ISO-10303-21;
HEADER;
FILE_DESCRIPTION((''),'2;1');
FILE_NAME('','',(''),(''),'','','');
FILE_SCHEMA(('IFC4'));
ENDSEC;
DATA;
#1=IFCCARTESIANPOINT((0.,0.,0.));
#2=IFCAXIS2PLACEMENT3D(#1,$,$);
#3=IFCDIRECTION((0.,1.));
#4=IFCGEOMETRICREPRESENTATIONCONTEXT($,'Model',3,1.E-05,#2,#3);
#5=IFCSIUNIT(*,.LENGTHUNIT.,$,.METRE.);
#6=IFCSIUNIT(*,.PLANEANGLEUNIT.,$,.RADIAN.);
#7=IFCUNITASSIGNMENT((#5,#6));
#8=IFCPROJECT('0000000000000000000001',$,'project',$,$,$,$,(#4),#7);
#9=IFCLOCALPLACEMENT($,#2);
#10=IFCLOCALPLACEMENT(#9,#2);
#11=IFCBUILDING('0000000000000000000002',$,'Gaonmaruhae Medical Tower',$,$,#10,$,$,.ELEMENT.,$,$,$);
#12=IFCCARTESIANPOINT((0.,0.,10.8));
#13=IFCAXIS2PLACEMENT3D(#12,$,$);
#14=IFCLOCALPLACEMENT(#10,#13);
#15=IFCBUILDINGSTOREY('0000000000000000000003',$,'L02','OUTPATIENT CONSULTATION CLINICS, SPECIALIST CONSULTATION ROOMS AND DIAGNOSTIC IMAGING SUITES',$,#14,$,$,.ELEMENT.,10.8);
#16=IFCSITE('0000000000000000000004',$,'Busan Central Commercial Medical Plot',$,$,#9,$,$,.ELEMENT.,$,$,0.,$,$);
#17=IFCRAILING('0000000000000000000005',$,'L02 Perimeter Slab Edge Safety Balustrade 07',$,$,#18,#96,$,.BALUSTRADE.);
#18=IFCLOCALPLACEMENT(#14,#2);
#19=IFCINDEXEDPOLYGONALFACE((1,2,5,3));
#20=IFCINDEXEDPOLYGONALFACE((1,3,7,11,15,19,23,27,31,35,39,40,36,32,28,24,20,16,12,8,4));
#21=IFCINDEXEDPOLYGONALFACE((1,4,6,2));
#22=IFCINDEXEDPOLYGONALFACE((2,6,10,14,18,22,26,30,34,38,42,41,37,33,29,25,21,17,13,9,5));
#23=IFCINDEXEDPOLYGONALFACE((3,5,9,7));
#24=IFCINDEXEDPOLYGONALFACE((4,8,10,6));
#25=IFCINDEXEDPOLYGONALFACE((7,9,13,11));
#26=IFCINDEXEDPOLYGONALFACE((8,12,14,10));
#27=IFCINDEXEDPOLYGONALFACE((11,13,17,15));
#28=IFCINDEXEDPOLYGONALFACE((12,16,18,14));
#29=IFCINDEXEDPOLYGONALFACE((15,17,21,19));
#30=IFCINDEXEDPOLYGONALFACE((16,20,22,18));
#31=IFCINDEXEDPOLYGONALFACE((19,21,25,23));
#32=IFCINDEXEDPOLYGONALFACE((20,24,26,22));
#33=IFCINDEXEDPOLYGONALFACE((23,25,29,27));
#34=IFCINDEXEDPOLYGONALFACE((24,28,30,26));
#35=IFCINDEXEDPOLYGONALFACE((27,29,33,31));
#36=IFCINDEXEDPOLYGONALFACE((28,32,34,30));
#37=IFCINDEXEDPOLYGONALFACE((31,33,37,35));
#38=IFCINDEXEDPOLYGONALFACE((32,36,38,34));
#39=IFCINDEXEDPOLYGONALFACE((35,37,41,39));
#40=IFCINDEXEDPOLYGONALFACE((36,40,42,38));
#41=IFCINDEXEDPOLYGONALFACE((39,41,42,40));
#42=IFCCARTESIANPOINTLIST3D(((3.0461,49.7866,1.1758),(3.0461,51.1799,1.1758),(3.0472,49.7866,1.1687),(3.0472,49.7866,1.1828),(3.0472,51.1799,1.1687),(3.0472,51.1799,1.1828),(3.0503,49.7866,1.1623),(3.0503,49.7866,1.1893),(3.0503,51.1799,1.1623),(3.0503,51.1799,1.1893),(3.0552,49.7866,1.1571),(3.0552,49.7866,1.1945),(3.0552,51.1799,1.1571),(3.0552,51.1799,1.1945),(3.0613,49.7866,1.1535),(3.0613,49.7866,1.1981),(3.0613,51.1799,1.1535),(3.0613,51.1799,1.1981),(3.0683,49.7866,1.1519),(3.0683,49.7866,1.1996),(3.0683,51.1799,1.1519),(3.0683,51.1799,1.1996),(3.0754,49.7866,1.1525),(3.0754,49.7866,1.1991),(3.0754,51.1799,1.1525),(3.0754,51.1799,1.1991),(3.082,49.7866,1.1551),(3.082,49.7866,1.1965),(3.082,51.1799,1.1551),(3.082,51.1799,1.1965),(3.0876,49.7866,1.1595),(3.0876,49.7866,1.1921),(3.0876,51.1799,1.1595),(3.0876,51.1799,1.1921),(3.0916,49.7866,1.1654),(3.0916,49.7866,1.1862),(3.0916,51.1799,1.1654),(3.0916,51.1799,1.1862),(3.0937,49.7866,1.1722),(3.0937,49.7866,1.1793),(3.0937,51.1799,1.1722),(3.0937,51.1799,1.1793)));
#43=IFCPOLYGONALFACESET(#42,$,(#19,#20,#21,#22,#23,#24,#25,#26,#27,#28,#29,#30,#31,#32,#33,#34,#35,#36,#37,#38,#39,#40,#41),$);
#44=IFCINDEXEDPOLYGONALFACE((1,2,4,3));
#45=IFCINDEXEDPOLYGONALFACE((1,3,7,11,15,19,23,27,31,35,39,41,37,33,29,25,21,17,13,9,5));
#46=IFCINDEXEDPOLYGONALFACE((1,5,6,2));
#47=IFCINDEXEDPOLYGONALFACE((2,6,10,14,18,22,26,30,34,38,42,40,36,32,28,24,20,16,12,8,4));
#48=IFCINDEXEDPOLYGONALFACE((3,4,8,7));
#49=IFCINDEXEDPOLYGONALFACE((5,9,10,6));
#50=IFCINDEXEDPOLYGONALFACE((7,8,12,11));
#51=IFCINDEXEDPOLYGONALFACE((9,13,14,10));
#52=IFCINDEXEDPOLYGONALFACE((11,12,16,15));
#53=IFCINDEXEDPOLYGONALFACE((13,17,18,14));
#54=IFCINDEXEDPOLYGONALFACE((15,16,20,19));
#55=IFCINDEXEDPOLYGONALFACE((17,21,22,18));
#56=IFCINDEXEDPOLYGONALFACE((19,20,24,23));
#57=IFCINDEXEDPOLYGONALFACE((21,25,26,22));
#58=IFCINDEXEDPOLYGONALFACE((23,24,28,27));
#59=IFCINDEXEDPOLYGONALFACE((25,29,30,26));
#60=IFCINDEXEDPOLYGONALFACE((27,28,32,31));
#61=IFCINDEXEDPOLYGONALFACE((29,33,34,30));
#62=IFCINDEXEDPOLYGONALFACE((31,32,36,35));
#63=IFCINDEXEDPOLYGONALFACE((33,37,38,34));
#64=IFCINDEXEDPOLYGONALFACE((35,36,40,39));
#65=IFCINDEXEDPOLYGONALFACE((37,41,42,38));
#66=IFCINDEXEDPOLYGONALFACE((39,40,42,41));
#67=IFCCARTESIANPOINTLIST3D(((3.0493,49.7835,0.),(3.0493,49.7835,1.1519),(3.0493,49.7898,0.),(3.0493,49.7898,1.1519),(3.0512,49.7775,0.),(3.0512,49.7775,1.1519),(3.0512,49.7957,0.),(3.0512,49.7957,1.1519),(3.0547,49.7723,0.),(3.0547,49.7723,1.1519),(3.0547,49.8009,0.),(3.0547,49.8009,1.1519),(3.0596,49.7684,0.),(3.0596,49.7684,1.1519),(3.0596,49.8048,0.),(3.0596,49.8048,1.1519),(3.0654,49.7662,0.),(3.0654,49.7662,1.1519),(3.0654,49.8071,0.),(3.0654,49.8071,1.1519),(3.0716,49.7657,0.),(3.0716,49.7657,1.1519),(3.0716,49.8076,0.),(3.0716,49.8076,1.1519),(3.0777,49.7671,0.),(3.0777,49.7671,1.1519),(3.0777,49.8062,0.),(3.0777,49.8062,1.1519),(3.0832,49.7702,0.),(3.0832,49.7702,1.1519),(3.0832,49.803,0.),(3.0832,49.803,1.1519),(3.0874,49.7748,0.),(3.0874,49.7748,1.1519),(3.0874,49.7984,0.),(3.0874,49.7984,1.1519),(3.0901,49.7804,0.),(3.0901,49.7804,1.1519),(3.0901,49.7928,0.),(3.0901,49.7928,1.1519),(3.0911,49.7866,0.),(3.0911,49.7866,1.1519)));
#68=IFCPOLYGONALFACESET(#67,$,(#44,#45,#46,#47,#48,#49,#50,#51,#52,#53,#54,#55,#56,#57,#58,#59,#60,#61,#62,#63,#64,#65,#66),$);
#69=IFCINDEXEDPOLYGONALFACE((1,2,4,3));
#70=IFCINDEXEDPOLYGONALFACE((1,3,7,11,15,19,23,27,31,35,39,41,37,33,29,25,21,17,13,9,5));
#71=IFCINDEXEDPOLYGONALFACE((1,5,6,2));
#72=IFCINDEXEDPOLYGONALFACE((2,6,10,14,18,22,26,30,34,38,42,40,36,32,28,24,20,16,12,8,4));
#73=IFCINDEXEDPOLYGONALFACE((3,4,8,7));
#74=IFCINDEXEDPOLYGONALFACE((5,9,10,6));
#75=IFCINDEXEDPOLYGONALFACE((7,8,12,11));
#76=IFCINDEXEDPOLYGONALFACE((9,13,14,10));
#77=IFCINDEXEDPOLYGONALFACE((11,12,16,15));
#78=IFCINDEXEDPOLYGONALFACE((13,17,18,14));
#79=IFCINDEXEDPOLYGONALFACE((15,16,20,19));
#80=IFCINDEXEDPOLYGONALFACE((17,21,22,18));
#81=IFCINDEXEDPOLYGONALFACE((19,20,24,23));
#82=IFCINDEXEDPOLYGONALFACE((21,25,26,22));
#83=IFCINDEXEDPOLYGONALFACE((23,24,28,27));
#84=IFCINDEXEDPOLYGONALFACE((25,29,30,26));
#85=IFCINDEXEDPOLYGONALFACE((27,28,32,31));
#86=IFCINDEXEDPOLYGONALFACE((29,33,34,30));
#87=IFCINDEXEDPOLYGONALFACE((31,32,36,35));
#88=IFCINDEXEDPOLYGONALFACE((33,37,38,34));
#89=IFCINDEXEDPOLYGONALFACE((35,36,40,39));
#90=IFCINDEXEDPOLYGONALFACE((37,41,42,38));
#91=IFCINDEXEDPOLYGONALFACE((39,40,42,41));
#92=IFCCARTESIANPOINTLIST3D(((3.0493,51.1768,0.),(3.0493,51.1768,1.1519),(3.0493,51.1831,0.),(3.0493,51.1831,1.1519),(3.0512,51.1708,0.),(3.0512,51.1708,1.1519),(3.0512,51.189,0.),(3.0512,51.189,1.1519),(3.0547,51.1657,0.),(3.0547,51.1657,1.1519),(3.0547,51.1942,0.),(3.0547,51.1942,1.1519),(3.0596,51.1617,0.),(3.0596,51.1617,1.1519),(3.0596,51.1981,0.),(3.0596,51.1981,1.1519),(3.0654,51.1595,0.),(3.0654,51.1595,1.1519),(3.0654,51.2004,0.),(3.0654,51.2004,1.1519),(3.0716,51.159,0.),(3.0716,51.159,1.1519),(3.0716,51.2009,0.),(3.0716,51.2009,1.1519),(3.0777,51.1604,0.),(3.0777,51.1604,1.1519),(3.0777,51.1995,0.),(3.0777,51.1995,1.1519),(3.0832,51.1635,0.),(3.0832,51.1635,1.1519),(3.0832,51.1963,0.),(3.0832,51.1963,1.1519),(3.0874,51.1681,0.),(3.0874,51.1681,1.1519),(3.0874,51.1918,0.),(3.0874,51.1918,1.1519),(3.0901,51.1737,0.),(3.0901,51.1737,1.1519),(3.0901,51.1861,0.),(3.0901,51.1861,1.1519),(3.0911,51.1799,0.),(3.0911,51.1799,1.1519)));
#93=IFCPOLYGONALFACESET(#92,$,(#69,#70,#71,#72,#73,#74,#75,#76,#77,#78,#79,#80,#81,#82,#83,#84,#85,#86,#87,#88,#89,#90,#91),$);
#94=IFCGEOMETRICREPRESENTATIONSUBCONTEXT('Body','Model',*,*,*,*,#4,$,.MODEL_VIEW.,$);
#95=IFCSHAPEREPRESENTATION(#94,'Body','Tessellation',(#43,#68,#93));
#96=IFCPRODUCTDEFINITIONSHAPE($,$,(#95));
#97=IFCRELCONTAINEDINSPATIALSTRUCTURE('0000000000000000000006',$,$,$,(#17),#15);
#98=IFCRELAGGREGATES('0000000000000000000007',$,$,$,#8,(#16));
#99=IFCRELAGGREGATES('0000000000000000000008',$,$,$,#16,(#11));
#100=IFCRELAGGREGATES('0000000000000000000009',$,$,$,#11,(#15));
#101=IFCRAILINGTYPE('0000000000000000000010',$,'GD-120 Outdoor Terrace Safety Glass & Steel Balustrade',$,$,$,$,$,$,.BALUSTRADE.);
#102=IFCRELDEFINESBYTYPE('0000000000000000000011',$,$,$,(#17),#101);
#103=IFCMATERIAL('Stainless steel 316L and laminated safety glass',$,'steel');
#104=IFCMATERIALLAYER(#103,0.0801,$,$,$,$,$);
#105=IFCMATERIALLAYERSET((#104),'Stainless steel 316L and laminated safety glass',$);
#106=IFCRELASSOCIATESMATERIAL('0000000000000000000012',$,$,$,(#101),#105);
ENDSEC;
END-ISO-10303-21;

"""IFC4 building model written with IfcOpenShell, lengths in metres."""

from ifc_helpers import new_model, si_unit, direction, frame, origin, origin_2d, place, context, subcontext, project, spatial, circle, extrude, material, layer, layer_set, type_object, element, save


model = new_model("IFC4")

# Units and contexts
model_context = context("Model", 3, precision=1e-05, world=origin(), true_north=direction((0.0, 1.0)))
body_context = subcontext(model_context, "Body", "Model", "MODEL_VIEW")
ifc_project = project(units=[si_unit("LENGTHUNIT", "METRE"), si_unit("PLANEANGLEUNIT", "RADIAN")], contexts=[model_context])

# Site, building, storey
site_placement = place(None, origin())
site = spatial("IfcSite", under=ifc_project, at=site_placement, Name="Busan Central Commercial Medical Plot", CompositionType="ELEMENT", RefElevation=0.0)
building_placement = place(site_placement, origin())
building = spatial("IfcBuilding", under=site, at=building_placement, Name="Gaonmaruhae Medical Tower", CompositionType="ELEMENT")
storey_placement = place(building_placement, frame((0.0, 0.0, 10.8)))
storey = spatial("IfcBuildingStorey", under=building, at=storey_placement, Name="L02", Description="OUTPATIENT CONSULTATION CLINICS, SPECIALIST CONSULTATION ROOMS AND DIAGNOSTIC IMAGING SUITES", CompositionType="ELEMENT", Elevation=10.8)

# Railing
ifc_material_1 = material(Name="Stainless steel 316L and laminated safety glass", Category="steel")
ifc_layer_1 = layer(ifc_material_1, 0.0801)
ifc_layer_set_1 = layer_set([ifc_layer_1], Name="Stainless steel 316L and laminated safety glass")
railing_type_1 = type_object("IfcRailingType", Name="GD-120 Outdoor Terrace Safety Glass & Steel Balustrade", PredefinedType="BALUSTRADE", material=ifc_layer_set_1)
railing_1_placement = place(storey_placement, frame((3.0701, 49.7866, 0.0)))
element("IfcRailing", 1, at=railing_1_placement, inside=storey, type_object=railing_type_1, Name="L02 Perimeter Slab Edge Safety Balustrade 07", PredefinedType="BALUSTRADE", context=body_context, shape_type="SweptSolid", body=[
    extrude(circle(Radius=0.0239, at=origin_2d()), frame((0.0, 0.0, 1.1758), z_axis=(0.0, 1.0, 0.0), x_axis=(-1.0, 0.0, 0.0)), (0.0, 0.0, 1.0), 1.3933),
    extrude(circle(Radius=0.021, at=origin_2d()), origin(), (0.0, 0.0, 1.0), 1.1519),
    extrude(circle(Radius=0.021, at=origin_2d()), frame((0.0, 1.3933, 0.0)), (0.0, 0.0, 1.0), 1.1519),
])

save(model, "model.ifc")
